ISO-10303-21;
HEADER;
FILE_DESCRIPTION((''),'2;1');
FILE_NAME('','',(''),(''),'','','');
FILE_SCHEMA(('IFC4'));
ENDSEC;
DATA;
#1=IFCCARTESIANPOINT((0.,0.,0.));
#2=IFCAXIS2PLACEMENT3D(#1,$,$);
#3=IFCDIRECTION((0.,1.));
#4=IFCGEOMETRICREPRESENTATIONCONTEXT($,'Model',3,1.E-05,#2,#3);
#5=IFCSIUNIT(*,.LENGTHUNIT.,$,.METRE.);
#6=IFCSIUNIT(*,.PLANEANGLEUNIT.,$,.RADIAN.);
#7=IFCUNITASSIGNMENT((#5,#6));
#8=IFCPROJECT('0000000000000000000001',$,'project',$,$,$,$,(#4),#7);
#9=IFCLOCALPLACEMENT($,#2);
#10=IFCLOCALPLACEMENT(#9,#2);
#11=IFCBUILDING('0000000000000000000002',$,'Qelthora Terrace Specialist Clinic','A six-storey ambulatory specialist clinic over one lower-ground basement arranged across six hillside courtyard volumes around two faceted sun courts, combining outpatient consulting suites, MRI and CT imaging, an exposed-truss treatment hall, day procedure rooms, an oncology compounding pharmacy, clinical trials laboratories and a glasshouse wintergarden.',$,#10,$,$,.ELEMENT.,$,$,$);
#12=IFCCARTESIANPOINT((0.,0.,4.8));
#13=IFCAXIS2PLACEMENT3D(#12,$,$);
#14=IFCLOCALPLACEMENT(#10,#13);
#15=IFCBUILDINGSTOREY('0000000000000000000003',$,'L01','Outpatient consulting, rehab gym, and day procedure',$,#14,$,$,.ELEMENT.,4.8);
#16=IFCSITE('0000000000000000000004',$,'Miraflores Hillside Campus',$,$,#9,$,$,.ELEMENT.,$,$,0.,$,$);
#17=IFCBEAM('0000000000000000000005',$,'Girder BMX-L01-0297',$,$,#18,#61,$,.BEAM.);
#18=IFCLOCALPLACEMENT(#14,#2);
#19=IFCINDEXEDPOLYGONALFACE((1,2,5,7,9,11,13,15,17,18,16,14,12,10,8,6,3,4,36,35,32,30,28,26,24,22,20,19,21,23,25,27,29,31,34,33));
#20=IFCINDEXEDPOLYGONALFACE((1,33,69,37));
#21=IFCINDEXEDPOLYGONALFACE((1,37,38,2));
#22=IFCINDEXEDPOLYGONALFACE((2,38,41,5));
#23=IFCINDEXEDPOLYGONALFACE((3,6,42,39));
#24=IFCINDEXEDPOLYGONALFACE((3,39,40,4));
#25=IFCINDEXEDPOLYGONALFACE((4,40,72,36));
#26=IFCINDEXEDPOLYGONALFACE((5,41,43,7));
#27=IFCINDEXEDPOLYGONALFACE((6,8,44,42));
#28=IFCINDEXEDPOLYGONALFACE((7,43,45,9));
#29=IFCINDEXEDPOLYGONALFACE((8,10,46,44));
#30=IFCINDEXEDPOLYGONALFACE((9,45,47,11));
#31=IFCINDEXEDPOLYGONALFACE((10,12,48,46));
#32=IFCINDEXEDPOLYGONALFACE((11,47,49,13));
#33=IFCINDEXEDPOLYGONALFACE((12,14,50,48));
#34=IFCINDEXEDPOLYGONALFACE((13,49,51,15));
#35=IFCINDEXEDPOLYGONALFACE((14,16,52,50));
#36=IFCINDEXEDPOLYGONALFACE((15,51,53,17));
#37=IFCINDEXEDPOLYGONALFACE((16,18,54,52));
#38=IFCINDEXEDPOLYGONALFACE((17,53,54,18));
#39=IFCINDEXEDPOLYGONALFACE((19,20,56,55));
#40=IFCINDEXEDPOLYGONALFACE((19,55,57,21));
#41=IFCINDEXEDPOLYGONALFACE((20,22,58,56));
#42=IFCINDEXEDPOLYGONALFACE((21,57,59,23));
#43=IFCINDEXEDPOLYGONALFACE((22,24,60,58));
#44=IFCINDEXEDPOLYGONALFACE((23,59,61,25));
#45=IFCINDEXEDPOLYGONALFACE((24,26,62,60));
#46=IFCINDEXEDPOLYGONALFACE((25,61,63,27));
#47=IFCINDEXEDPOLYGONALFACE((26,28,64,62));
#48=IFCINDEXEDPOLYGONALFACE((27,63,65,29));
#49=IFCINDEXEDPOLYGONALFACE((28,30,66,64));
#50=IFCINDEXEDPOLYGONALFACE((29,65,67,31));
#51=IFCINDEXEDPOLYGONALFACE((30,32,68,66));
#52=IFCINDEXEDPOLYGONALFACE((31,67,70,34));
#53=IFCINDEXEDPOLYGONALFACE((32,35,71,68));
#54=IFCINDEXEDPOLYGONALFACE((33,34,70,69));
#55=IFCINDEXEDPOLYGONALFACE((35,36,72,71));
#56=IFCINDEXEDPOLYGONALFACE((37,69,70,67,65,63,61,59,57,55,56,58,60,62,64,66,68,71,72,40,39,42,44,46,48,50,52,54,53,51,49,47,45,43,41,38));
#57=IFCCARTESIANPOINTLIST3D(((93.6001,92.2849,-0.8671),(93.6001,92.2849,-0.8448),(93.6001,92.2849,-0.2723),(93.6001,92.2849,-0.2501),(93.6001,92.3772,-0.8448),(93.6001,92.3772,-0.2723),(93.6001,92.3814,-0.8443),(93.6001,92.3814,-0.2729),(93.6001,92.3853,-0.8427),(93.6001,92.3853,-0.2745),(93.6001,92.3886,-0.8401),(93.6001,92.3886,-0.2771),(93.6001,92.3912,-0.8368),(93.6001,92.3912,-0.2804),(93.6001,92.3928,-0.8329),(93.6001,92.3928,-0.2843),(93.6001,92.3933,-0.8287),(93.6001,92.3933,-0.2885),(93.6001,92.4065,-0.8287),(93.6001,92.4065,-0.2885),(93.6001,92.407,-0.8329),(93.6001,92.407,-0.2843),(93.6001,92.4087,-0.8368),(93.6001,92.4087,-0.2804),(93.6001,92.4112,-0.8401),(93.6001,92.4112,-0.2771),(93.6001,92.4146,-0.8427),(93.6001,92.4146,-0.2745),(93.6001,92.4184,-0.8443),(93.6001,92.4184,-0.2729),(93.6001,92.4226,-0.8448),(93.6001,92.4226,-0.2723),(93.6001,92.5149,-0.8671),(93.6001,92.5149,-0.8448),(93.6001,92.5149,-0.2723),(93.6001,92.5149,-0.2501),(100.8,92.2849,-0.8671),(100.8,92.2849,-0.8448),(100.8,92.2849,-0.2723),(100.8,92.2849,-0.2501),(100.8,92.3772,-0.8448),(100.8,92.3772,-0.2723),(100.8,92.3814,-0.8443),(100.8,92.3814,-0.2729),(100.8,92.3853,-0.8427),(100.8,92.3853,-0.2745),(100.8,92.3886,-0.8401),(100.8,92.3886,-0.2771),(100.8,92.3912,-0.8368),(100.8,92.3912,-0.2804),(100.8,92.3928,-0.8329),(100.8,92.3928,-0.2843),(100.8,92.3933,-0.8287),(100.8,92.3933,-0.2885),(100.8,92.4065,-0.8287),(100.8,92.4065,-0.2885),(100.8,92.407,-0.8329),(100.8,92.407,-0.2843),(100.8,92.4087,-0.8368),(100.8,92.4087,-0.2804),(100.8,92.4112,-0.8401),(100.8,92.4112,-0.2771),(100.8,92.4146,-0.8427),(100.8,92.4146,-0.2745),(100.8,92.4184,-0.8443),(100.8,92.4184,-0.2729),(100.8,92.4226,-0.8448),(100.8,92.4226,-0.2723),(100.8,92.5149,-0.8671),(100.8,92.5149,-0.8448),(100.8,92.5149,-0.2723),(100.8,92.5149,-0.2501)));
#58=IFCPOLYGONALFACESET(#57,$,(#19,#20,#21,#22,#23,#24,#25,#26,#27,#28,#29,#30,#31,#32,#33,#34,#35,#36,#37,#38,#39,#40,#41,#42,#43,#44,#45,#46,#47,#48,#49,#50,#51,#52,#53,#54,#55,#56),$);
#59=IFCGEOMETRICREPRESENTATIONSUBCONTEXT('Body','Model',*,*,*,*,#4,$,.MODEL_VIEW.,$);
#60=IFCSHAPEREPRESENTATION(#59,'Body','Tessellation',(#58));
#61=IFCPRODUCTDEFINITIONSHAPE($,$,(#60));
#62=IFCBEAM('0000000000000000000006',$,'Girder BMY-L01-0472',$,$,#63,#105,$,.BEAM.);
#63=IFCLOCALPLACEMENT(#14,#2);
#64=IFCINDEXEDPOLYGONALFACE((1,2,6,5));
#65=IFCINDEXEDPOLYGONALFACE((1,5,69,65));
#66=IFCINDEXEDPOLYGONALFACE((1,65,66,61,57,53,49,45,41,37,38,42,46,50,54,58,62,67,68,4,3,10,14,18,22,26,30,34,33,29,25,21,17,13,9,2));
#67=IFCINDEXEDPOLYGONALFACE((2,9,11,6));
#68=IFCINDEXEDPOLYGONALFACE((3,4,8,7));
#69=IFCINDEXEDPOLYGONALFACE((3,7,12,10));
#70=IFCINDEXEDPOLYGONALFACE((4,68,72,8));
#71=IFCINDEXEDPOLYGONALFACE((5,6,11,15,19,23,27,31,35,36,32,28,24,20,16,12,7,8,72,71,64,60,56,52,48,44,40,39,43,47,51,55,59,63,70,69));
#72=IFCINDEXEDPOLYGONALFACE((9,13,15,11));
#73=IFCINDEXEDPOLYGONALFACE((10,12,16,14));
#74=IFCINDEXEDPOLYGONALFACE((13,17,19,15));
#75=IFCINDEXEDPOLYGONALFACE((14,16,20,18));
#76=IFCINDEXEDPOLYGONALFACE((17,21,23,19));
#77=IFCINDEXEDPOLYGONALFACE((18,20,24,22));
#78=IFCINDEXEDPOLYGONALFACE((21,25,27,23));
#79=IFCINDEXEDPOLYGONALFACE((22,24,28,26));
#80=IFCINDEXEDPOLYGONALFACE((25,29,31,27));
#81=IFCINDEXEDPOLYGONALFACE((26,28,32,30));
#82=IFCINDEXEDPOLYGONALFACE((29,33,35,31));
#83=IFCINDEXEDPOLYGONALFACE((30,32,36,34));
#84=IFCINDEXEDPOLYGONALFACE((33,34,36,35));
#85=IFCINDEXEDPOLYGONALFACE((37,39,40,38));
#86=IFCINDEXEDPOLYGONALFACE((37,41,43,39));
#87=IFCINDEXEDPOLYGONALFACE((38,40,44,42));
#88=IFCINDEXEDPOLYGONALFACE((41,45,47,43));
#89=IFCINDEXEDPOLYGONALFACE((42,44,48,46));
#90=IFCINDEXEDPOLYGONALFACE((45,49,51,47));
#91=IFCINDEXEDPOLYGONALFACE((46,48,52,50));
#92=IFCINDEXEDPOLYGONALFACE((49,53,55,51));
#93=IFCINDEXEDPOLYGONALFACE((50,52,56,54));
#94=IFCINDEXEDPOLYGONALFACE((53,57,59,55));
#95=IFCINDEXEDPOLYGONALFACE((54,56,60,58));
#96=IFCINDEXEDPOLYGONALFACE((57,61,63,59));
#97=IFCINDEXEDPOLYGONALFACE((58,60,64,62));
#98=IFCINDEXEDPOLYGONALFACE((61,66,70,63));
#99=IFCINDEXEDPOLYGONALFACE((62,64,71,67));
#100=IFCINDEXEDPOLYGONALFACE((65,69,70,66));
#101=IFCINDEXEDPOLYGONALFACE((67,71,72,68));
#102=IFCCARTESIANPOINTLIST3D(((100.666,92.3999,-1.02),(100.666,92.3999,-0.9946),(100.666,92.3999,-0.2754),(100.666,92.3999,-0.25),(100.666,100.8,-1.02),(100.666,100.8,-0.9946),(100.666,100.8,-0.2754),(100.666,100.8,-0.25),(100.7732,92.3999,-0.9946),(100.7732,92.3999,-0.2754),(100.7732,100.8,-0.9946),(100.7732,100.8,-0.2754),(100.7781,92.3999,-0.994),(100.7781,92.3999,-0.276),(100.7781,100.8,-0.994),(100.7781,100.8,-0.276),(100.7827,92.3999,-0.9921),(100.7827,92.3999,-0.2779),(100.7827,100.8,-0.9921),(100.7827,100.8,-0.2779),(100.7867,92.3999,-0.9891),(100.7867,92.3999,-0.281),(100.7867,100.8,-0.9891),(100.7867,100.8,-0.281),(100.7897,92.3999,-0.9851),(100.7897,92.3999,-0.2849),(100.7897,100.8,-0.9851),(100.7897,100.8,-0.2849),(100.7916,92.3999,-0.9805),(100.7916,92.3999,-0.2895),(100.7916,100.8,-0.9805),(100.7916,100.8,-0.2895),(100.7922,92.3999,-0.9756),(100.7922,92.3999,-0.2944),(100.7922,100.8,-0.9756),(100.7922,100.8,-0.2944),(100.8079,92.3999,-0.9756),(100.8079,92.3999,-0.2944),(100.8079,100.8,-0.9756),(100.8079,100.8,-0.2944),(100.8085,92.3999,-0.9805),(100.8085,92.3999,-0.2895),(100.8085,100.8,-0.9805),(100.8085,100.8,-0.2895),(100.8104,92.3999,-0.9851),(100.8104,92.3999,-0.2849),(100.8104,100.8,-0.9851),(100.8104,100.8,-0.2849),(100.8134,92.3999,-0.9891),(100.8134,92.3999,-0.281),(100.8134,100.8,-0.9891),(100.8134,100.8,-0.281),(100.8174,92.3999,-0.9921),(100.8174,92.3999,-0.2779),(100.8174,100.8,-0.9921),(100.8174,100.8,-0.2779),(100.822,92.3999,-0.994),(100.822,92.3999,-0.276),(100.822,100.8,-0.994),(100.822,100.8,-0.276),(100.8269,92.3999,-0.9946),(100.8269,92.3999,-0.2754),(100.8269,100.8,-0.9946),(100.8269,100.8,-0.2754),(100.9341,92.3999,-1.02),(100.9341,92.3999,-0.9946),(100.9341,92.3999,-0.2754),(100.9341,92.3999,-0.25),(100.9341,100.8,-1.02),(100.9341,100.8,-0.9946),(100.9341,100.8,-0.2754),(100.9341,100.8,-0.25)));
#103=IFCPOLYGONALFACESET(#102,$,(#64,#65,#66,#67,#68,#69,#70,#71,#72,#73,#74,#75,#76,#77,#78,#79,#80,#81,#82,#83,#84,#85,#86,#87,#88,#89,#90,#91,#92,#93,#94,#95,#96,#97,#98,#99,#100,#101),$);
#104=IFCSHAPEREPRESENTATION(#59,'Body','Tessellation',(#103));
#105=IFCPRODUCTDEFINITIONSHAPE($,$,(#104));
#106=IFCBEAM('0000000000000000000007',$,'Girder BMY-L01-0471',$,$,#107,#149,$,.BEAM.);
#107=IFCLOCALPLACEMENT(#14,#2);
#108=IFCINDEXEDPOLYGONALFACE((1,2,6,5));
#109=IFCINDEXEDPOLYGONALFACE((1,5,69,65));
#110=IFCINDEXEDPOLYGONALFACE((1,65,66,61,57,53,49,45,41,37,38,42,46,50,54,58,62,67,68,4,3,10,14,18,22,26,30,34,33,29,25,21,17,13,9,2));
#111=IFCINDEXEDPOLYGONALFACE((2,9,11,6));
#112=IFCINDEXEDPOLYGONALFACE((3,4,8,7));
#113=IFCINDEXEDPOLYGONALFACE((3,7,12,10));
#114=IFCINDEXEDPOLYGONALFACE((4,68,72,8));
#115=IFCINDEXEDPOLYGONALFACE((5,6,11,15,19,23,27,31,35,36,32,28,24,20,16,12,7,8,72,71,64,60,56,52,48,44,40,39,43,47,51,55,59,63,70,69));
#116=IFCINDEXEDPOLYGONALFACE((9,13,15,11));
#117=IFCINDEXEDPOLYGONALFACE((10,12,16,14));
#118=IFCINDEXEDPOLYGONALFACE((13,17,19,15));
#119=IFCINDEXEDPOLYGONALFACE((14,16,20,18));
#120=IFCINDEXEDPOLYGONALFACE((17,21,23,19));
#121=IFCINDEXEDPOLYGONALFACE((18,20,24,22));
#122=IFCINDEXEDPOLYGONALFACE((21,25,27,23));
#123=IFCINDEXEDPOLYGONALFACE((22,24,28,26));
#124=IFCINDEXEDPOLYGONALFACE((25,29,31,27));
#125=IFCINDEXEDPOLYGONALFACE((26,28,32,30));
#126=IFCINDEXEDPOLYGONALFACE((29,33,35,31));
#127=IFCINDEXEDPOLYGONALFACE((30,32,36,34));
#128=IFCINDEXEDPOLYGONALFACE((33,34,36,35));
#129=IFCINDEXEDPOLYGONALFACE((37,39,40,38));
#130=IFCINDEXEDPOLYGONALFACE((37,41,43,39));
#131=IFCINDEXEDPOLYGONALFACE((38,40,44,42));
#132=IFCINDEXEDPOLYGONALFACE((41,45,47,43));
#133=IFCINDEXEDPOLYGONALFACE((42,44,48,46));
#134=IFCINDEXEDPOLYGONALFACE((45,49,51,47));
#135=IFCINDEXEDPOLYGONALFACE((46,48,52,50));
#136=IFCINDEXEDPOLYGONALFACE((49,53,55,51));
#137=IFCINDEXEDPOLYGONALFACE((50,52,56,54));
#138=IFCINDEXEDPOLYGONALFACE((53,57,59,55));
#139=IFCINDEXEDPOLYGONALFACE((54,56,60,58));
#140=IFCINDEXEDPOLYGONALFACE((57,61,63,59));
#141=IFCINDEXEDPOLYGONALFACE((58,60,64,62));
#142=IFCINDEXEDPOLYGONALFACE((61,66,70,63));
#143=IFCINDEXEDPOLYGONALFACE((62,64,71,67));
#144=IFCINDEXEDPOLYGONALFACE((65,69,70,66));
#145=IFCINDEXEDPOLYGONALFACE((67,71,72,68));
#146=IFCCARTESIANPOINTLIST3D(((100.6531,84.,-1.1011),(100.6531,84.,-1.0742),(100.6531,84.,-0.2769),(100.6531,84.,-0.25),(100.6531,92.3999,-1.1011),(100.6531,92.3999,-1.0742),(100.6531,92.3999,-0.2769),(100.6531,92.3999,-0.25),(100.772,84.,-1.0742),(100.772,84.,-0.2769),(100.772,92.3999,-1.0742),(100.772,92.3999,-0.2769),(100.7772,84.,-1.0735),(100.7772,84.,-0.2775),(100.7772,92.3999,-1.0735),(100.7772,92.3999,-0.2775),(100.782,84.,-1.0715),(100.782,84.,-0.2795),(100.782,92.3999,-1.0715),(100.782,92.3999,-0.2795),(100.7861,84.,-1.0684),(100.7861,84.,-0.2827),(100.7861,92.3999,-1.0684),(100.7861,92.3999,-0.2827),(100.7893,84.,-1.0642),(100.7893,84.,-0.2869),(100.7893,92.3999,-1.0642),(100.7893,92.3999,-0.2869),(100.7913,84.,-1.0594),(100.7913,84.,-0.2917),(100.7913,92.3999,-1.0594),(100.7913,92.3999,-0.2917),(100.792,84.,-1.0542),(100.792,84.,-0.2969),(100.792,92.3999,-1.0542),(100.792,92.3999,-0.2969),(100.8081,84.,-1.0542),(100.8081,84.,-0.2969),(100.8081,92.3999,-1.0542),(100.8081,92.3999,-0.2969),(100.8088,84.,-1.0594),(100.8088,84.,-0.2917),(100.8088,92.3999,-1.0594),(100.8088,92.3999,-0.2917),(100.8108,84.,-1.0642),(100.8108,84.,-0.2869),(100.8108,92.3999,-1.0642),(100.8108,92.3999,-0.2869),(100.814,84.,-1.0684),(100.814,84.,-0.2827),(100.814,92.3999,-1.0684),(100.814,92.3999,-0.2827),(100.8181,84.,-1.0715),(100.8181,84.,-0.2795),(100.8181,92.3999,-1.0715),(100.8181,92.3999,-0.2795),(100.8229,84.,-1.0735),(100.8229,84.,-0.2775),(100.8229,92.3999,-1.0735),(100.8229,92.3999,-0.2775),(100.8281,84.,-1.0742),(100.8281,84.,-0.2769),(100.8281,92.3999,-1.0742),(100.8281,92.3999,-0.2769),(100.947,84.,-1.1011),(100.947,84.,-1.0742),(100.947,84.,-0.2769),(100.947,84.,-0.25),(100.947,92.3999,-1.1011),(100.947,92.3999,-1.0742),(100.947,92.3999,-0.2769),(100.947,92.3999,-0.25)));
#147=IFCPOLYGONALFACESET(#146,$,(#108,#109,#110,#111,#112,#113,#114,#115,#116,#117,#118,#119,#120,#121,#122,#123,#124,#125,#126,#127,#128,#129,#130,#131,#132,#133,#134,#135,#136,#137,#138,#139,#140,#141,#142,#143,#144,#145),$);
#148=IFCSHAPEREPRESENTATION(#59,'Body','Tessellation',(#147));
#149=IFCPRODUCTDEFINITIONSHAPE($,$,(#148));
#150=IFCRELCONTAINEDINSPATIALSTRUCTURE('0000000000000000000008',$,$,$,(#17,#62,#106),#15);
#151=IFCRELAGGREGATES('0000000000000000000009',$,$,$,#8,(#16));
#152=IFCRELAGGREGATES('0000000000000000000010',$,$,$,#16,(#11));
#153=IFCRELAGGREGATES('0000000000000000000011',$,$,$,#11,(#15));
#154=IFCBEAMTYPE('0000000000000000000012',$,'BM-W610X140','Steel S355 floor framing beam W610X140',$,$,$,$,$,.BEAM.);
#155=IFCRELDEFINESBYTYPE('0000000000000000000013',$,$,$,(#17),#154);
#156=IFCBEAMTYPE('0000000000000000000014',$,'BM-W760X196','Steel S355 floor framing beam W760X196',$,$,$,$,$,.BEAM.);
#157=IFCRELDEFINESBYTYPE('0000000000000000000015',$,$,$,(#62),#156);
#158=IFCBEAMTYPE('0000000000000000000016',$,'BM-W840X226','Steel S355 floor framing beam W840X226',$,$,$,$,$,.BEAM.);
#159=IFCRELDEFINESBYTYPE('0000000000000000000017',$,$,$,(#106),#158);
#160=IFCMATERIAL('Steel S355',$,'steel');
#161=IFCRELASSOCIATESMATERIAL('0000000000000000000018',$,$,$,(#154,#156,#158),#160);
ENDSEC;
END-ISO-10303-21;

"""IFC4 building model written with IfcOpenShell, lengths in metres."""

from ifc_helpers import new_model, si_unit, direction, frame, origin, origin_2d, place, context, subcontext, project, spatial, i_section, extrude, material, material_profile, profile_set, type_object, element, save


model = new_model("IFC4")

# Units and contexts
model_context = context("Model", 3, precision=1e-05, world=origin(), true_north=direction((0.0, 1.0)))
body_context = subcontext(model_context, "Body", "Model", "MODEL_VIEW")
ifc_project = project(units=[si_unit("LENGTHUNIT", "METRE"), si_unit("PLANEANGLEUNIT", "RADIAN")], contexts=[model_context])

# Site, building, storey
site_placement = place(None, origin())
site = spatial("IfcSite", under=ifc_project, at=site_placement, Name="Miraflores Hillside Campus", CompositionType="ELEMENT", RefElevation=0.0)
building_placement = place(site_placement, origin())
building = spatial("IfcBuilding", under=site, at=building_placement, Name="Qelthora Terrace Specialist Clinic", Description="A six-storey ambulatory specialist clinic over one lower-ground basement arranged across six hillside courtyard volumes around two faceted sun courts, combining outpatient consulting suites, MRI and CT imaging, an exposed-truss treatment hall, day procedure rooms, an oncology compounding pharmacy, clinical trials laboratories and a glasshouse wintergarden.", CompositionType="ELEMENT")
storey_placement = place(building_placement, frame((0.0, 0.0, 4.8)))
storey = spatial("IfcBuildingStorey", under=building, at=storey_placement, Name="L01", Description="Outpatient consulting, rehab gym, and day procedure", CompositionType="ELEMENT", Elevation=4.8)

# Shared definitions
ifc_material_1 = material(Name="Steel S355", Category="steel")

# Beams
ifc_material_profile_1 = material_profile(ifc_material_1, i_section(OverallWidth=0.23, OverallDepth=0.6169, WebThickness=0.0132, FlangeThickness=0.0222, FilletRadius=0.0161, at=origin_2d()), Name="W610X140")
ifc_profile_set_1 = profile_set([ifc_material_profile_1], Name="Steel S355")
beam_type_1 = type_object("IfcBeamType", Name="BM-W610X140", Description="Steel S355 floor framing beam W610X140", PredefinedType="BEAM", material=ifc_profile_set_1)
beam_1_placement = place(storey_placement, frame((93.6001, 92.3999, -0.5586), z_axis=(1.0, 0.0, 0.0), x_axis=(0.0, 1.0, 0.0)))
element("IfcBeam", 1, at=beam_1_placement, inside=storey, type_object=beam_type_1, Name="Girder BMX-L01-0297", PredefinedType="BEAM", context=body_context, shape_type="SweptSolid", body=[
    extrude(i_section(OverallWidth=0.23, OverallDepth=0.6169, WebThickness=0.0132, FlangeThickness=0.0222, FilletRadius=0.0161, at=origin_2d()), origin(), (0.0, 0.0, 1.0), 7.2),
])
ifc_material_profile_2 = material_profile(ifc_material_1, i_section(OverallWidth=0.2681, OverallDepth=0.77, WebThickness=0.0156, FlangeThickness=0.0254, FilletRadius=0.019, at=origin_2d()), Name="W760X196")
ifc_profile_set_2 = profile_set([ifc_material_profile_2], Name="Steel S355")
beam_type_2 = type_object("IfcBeamType", Name="BM-W760X196", Description="Steel S355 floor framing beam W760X196", PredefinedType="BEAM", material=ifc_profile_set_2)
beam_2_placement = place(storey_placement, frame((100.8, 92.3999, -0.635), z_axis=(0.0, 1.0, 0.0), x_axis=(-1.0, 0.0, 0.0)))
element("IfcBeam", 2, at=beam_2_placement, inside=storey, type_object=beam_type_2, Name="Girder BMY-L01-0472", PredefinedType="BEAM", context=body_context, shape_type="SweptSolid", body=[
    extrude(i_section(OverallWidth=0.2681, OverallDepth=0.77, WebThickness=0.0156, FlangeThickness=0.0254, FilletRadius=0.019, at=origin_2d()), origin(), (0.0, 0.0, 1.0), 8.4001),
])
ifc_material_profile_3 = material_profile(ifc_material_1, i_section(OverallWidth=0.2939, OverallDepth=0.8511, WebThickness=0.0161, FlangeThickness=0.0269, FilletRadius=0.02, at=origin_2d()), Name="W840X226")
ifc_profile_set_3 = profile_set([ifc_material_profile_3], Name="Steel S355")
beam_type_3 = type_object("IfcBeamType", Name="BM-W840X226", Description="Steel S355 floor framing beam W840X226", PredefinedType="BEAM", material=ifc_profile_set_3)
beam_3_placement = place(storey_placement, frame((100.8, 84.0, -0.6755), z_axis=(0.0, 1.0, 0.0), x_axis=(-1.0, 0.0, 0.0)))
element("IfcBeam", 3, at=beam_3_placement, inside=storey, type_object=beam_type_3, Name="Girder BMY-L01-0471", PredefinedType="BEAM", context=body_context, shape_type="SweptSolid", body=[
    extrude(i_section(OverallWidth=0.2939, OverallDepth=0.8511, WebThickness=0.0161, FlangeThickness=0.0269, FilletRadius=0.02, at=origin_2d()), origin(), (0.0, 0.0, 1.0), 8.3999),
])

save(model, "model.ifc")
